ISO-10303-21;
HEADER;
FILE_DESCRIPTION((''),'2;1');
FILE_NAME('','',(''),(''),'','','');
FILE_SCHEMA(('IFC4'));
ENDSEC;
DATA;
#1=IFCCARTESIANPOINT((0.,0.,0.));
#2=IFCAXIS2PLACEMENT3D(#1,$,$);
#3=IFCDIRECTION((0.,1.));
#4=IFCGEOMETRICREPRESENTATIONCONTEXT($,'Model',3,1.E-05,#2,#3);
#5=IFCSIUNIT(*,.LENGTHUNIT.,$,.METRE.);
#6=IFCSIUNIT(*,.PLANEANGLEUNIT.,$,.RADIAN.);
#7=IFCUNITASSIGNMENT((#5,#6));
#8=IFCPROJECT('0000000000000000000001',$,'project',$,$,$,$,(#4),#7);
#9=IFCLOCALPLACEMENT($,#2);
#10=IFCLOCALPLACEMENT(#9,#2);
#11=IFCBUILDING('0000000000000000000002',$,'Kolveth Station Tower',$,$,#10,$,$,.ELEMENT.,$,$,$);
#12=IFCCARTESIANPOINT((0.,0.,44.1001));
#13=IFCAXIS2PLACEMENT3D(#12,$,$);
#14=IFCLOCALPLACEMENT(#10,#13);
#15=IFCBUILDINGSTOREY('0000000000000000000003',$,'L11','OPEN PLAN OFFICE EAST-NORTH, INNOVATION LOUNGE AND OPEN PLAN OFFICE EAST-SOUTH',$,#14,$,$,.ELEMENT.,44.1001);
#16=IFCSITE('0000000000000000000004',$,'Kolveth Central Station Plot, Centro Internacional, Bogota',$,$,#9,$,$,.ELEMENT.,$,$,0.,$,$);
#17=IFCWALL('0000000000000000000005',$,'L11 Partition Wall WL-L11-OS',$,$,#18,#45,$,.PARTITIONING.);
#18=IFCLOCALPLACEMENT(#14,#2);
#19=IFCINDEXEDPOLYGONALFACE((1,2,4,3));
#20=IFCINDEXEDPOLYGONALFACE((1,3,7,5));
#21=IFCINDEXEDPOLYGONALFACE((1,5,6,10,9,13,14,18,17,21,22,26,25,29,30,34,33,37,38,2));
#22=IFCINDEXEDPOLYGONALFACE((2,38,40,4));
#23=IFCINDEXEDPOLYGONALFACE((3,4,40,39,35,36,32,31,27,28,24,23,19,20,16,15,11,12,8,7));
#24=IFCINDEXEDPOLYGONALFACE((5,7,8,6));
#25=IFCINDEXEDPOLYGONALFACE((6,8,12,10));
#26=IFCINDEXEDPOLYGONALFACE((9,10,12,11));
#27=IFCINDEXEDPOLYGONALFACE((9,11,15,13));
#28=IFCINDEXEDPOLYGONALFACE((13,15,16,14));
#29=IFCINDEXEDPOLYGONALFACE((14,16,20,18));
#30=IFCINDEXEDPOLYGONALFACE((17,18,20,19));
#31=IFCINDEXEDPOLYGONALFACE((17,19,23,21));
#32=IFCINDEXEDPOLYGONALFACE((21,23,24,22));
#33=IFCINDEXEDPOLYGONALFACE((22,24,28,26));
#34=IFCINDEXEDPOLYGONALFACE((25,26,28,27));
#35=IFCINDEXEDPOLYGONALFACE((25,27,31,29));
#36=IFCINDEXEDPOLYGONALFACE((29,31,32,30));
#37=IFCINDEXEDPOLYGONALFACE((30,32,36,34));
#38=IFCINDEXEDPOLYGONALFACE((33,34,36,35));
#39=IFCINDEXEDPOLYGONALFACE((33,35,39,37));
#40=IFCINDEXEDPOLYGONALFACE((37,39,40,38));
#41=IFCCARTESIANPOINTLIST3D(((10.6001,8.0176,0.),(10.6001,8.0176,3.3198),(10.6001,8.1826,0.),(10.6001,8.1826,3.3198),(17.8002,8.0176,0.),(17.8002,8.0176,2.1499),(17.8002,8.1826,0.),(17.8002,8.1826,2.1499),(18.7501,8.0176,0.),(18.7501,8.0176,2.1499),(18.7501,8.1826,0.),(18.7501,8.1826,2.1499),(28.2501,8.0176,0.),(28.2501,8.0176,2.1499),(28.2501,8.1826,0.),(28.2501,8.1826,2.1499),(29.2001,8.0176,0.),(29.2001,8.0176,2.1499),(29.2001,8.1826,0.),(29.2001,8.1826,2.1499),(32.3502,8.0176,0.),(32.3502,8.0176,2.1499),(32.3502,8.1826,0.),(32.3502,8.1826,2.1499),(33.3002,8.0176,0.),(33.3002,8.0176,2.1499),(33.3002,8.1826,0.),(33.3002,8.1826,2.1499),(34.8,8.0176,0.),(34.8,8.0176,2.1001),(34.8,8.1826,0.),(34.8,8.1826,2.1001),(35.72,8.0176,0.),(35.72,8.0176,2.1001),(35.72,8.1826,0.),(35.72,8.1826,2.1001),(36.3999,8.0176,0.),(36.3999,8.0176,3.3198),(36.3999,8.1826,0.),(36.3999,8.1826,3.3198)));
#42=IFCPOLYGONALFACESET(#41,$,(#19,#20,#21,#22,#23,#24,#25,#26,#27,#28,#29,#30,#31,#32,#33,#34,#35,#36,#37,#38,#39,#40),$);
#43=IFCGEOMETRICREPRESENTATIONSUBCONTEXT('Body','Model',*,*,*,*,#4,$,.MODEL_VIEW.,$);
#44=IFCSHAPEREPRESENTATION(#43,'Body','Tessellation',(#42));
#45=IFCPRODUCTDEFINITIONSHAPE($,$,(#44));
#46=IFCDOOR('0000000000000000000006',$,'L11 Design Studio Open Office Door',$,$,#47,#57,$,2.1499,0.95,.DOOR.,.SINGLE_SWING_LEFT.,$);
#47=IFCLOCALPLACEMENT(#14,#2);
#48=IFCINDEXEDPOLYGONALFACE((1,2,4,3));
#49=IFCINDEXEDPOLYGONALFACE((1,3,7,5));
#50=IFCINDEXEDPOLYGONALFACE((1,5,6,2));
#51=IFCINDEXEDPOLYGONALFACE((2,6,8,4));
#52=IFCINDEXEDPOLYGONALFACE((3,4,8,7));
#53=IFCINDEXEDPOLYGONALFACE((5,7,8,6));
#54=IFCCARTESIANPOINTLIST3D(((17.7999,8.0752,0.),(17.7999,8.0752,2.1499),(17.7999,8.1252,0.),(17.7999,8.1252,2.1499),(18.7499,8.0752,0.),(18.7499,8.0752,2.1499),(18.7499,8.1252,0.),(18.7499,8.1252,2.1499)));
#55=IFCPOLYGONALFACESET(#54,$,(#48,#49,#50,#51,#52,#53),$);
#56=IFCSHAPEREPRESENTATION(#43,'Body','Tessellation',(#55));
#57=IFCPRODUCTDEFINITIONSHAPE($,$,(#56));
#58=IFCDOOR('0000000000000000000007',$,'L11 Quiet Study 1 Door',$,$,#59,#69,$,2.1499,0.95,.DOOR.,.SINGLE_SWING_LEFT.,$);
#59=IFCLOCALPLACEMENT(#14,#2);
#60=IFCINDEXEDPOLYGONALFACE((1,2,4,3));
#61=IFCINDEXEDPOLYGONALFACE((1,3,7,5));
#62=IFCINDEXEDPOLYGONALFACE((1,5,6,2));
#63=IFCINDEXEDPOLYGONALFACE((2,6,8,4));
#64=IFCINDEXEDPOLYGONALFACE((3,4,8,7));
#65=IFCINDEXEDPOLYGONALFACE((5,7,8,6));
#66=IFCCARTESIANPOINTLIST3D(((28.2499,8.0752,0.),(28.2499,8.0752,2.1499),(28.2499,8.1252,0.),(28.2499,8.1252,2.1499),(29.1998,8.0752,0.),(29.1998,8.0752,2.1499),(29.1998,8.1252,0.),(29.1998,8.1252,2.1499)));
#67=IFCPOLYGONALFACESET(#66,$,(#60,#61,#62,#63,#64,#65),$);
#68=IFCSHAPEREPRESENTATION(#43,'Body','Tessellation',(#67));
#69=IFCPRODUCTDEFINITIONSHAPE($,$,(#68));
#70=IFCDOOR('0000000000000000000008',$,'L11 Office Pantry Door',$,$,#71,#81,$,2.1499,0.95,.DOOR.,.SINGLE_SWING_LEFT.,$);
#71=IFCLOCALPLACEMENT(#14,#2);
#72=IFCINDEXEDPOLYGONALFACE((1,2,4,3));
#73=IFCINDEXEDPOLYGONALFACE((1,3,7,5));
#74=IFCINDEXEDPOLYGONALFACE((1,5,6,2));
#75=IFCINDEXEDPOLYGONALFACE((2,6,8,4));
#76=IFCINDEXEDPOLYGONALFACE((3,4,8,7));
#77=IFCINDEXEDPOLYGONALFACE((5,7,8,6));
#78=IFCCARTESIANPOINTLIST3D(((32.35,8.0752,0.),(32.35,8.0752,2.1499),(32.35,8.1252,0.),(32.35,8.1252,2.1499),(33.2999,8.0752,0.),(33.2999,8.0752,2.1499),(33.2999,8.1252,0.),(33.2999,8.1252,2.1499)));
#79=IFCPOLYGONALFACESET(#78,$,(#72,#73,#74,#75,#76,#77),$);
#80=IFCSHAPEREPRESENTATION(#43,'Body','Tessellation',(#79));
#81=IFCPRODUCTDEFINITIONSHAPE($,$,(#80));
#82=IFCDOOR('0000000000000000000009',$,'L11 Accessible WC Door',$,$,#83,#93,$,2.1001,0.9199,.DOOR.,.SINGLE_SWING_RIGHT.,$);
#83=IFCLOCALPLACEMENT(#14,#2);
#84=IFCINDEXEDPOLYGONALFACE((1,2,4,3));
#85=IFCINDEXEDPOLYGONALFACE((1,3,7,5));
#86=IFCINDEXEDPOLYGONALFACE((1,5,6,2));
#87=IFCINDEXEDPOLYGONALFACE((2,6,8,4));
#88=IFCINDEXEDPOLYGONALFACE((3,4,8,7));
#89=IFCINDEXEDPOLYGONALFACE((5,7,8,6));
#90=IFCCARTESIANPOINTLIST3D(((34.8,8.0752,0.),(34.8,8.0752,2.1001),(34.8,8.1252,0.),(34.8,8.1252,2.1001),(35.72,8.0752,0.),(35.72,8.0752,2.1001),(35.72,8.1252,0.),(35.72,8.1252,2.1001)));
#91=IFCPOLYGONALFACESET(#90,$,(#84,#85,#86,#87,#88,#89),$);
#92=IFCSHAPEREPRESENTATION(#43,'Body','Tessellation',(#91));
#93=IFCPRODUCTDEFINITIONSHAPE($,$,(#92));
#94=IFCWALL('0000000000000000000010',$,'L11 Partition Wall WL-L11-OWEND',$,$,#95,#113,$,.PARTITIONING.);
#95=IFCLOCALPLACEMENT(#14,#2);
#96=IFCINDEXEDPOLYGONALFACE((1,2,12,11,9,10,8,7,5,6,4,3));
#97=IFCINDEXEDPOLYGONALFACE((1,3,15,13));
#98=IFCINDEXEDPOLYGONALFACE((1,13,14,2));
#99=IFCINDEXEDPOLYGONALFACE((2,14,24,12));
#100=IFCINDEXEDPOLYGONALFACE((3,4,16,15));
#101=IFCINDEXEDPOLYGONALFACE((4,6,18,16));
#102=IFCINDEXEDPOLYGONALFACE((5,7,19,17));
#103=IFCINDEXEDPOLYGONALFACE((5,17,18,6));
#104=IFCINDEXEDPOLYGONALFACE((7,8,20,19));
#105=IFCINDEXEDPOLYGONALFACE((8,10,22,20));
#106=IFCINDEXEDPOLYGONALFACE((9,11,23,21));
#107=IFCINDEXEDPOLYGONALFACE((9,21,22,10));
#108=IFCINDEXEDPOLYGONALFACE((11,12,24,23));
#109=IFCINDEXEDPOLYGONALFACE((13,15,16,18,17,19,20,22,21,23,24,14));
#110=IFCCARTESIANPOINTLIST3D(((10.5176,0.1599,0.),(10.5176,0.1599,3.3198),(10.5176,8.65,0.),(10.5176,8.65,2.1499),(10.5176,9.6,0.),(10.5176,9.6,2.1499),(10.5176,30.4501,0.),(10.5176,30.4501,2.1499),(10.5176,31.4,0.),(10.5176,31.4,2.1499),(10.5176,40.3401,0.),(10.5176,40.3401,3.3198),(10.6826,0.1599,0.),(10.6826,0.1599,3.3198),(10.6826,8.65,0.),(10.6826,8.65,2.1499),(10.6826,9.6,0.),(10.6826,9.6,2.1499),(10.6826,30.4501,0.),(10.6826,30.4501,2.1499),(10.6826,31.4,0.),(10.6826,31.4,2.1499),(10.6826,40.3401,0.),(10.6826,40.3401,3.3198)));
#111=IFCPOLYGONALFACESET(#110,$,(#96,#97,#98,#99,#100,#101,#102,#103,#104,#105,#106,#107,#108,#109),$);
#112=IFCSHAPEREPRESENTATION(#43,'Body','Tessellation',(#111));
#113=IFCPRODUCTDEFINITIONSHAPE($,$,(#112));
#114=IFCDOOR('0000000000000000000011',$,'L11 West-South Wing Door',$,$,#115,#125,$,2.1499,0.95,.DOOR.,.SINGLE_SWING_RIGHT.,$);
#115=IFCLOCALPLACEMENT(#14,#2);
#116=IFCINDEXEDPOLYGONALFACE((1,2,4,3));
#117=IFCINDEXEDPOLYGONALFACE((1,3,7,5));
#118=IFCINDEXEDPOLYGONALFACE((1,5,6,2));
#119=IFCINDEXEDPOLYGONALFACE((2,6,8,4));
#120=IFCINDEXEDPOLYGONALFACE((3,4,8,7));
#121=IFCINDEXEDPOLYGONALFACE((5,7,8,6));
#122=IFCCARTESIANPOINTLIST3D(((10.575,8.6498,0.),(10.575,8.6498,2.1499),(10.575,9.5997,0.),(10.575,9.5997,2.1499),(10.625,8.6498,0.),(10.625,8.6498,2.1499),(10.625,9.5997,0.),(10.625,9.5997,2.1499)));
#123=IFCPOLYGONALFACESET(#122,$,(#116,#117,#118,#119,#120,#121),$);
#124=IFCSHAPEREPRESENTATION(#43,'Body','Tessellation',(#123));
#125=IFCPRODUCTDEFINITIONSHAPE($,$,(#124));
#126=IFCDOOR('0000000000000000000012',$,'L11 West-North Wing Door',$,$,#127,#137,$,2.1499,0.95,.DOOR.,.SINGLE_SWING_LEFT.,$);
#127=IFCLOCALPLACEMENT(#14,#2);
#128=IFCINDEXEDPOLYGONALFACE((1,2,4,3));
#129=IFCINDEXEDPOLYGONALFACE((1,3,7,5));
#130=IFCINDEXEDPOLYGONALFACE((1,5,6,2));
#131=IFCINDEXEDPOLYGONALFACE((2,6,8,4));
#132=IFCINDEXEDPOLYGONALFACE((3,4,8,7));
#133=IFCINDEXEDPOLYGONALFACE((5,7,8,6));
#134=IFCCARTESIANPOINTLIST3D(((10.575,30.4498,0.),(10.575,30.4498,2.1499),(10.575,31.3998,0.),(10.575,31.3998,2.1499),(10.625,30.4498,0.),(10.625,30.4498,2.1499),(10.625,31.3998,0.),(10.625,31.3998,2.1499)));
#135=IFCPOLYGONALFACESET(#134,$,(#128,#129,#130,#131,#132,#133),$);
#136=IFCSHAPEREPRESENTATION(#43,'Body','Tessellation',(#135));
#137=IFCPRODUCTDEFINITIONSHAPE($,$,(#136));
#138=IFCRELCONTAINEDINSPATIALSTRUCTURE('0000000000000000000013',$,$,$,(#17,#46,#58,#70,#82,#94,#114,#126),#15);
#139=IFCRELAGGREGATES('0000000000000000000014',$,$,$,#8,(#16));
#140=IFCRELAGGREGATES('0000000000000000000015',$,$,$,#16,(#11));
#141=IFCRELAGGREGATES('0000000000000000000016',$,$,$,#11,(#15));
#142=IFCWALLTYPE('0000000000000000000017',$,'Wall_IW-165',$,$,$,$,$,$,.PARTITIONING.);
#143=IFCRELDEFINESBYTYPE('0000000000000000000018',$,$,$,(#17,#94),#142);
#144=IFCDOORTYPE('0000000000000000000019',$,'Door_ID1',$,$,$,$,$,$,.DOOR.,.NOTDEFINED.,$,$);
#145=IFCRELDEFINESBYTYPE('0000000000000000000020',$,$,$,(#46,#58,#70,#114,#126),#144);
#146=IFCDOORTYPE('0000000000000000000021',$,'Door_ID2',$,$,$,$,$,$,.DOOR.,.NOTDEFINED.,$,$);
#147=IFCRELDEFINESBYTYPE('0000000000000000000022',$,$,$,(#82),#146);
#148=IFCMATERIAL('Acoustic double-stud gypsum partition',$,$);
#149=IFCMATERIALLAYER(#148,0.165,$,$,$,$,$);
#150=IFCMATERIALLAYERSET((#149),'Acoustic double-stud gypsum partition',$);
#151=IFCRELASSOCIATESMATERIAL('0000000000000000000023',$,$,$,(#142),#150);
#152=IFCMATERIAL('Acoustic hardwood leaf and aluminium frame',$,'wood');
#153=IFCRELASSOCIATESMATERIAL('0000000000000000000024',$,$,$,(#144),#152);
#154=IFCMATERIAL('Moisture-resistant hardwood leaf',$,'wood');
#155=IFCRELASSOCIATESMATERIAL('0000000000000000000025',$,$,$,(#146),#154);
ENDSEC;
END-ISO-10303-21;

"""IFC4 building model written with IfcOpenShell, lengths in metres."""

from ifc_helpers import new_model, si_unit, direction, frame, frame_2d, origin, place, context, subcontext, project, spatial, rectangle, extrude, material, layer, layer_set, type_object, element, fill, save


model = new_model("IFC4")

# Units and contexts
model_context = context("Model", 3, precision=1e-05, world=origin(), true_north=direction((0.0, 1.0)))
body_context = subcontext(model_context, "Body", "Model", "MODEL_VIEW")
ifc_project = project(units=[si_unit("LENGTHUNIT", "METRE"), si_unit("PLANEANGLEUNIT", "RADIAN")], contexts=[model_context])

# Site, building, storey
site_placement = place(None, origin())
site = spatial("IfcSite", under=ifc_project, at=site_placement, Name="Kolveth Central Station Plot, Centro Internacional, Bogota", CompositionType="ELEMENT", RefElevation=0.0)
building_placement = place(site_placement, origin())
building = spatial("IfcBuilding", under=site, at=building_placement, Name="Kolveth Station Tower", CompositionType="ELEMENT")
storey_placement = place(building_placement, frame((0.0, 0.0, 44.1001)))
storey = spatial("IfcBuildingStorey", under=building, at=storey_placement, Name="L11", Description="OPEN PLAN OFFICE EAST-NORTH, INNOVATION LOUNGE AND OPEN PLAN OFFICE EAST-SOUTH", CompositionType="ELEMENT", Elevation=44.1001)

# Walls, openings, doors
ifc_material_1 = material(Name="Acoustic double-stud gypsum partition")
ifc_layer_1 = layer(ifc_material_1, 0.165)
ifc_layer_set_1 = layer_set([ifc_layer_1], Name="Acoustic double-stud gypsum partition")
wall_type = type_object("IfcWallType", Name="Wall_IW-165", PredefinedType="PARTITIONING", material=ifc_layer_set_1)
wall_1_placement = place(storey_placement, frame((10.6001, 8.1001, 0.0), z_axis=(0.0, 0.0, 1.0), x_axis=(1.0, 0.0, 0.0)))
wall_1 = element("IfcWall", 1, at=wall_1_placement, inside=storey, type_object=wall_type, Name="L11 Partition Wall WL-L11-OS", PredefinedType="PARTITIONING", context=body_context, shape_type="SweptSolid", body=[
    extrude(rectangle(XDim=25.7998, YDim=0.165, at=frame_2d((12.8999, 0.0))), origin(), (0.0, 0.0, 1.0), 3.3198),
])
opening_1_placement = place(wall_1_placement, frame((7.2, 0.0, 0.0)))
opening_1 = element("IfcOpeningElement", 2, at=opening_1_placement, cuts=wall_1, PredefinedType="OPENING", context=body_context, shape_type="SweptSolid", body=[
    extrude(rectangle(XDim=0.95, YDim=2.1499, at=frame_2d((0.4751, 1.075))), frame((0.0, 0.0925, 0.0), z_axis=(0.0, -1.0, 0.0), x_axis=(1.0, 0.0, 0.0)), (0.0, 0.0, 1.0), 0.1851),
])
opening_2_placement = place(wall_1_placement, frame((17.6499, 0.0, 0.0)))
opening_2 = element("IfcOpeningElement", 3, at=opening_2_placement, cuts=wall_1, PredefinedType="OPENING", context=body_context, shape_type="SweptSolid", body=[
    extrude(rectangle(XDim=0.95, YDim=2.1499, at=frame_2d((0.4751, 1.075))), frame((0.0, 0.0925, 0.0), z_axis=(0.0, -1.0, 0.0), x_axis=(1.0, 0.0, 0.0)), (0.0, 0.0, 1.0), 0.1851),
])
opening_3_placement = place(wall_1_placement, frame((21.75, 0.0, 0.0)))
opening_3 = element("IfcOpeningElement", 4, at=opening_3_placement, cuts=wall_1, PredefinedType="OPENING", context=body_context, shape_type="SweptSolid", body=[
    extrude(rectangle(XDim=0.95, YDim=2.1499, at=frame_2d((0.4751, 1.075))), frame((0.0, 0.0925, 0.0), z_axis=(0.0, -1.0, 0.0), x_axis=(1.0, 0.0, 0.0)), (0.0, 0.0, 1.0), 0.1851),
])
opening_4_placement = place(wall_1_placement, frame((24.2, 0.0, 0.0)))
opening_4 = element("IfcOpeningElement", 5, at=opening_4_placement, cuts=wall_1, PredefinedType="OPENING", context=body_context, shape_type="SweptSolid", body=[
    extrude(rectangle(XDim=0.9199, YDim=2.1001, at=frame_2d((0.46, 1.05))), frame((0.0, 0.0925, 0.0), z_axis=(0.0, -1.0, 0.0), x_axis=(1.0, 0.0, 0.0)), (0.0, 0.0, 1.0), 0.1851),
])
ifc_material_2 = material(Name="Acoustic hardwood leaf and aluminium frame", Category="wood")
door_type_1 = type_object("IfcDoorType", Name="Door_ID1", OperationType="NOTDEFINED", PredefinedType="DOOR", material=ifc_material_2)
door_1_placement = place(opening_1_placement, frame((0.95, 0.0, 0.0), z_axis=(0.0, 0.0, 1.0), x_axis=(-1.0, 0.0, 0.0)))
door_1 = element("IfcDoor", 6, at=door_1_placement, inside=storey, type_object=door_type_1, Name="L11 Design Studio Open Office Door", OperationType="SINGLE_SWING_LEFT", OverallHeight=2.1499, OverallWidth=0.95, PredefinedType="DOOR", context=body_context, shape_type="SweptSolid", body=[
    extrude(rectangle(XDim=0.95, YDim=2.1499, at=frame_2d((0.4751, 1.075))), frame((0.0, 0.0249, 0.0), z_axis=(0.0, -1.0, 0.0), x_axis=(1.0, 0.0, 0.0)), (0.0, 0.0, 1.0), 0.05),
])
fill(opening_1, door_1)
door_2_placement = place(opening_2_placement, frame((0.95, 0.0, 0.0), z_axis=(0.0, 0.0, 1.0), x_axis=(-1.0, 0.0, 0.0)))
door_2 = element("IfcDoor", 7, at=door_2_placement, inside=storey, type_object=door_type_1, Name="L11 Quiet Study 1 Door", OperationType="SINGLE_SWING_LEFT", OverallHeight=2.1499, OverallWidth=0.95, PredefinedType="DOOR", context=body_context, shape_type="SweptSolid", body=[
    extrude(rectangle(XDim=0.95, YDim=2.1499, at=frame_2d((0.4751, 1.075))), frame((0.0, 0.0249, 0.0), z_axis=(0.0, -1.0, 0.0), x_axis=(1.0, 0.0, 0.0)), (0.0, 0.0, 1.0), 0.05),
])
fill(opening_2, door_2)
door_3_placement = place(opening_3_placement, frame((0.95, 0.0, 0.0), z_axis=(0.0, 0.0, 1.0), x_axis=(-1.0, 0.0, 0.0)))
door_3 = element("IfcDoor", 8, at=door_3_placement, inside=storey, type_object=door_type_1, Name="L11 Office Pantry Door", OperationType="SINGLE_SWING_LEFT", OverallHeight=2.1499, OverallWidth=0.95, PredefinedType="DOOR", context=body_context, shape_type="SweptSolid", body=[
    extrude(rectangle(XDim=0.95, YDim=2.1499, at=frame_2d((0.4751, 1.075))), frame((0.0, 0.0249, 0.0), z_axis=(0.0, -1.0, 0.0), x_axis=(1.0, 0.0, 0.0)), (0.0, 0.0, 1.0), 0.05),
])
fill(opening_3, door_3)
ifc_material_3 = material(Name="Moisture-resistant hardwood leaf", Category="wood")
door_type_2 = type_object("IfcDoorType", Name="Door_ID2", OperationType="NOTDEFINED", PredefinedType="DOOR", material=ifc_material_3)
door_4_placement = place(opening_4_placement, frame((0.9199, 0.0, 0.0), z_axis=(0.0, 0.0, 1.0), x_axis=(-1.0, 0.0, 0.0)))
door_4 = element("IfcDoor", 9, at=door_4_placement, inside=storey, type_object=door_type_2, Name="L11 Accessible WC Door", OperationType="SINGLE_SWING_RIGHT", OverallHeight=2.1001, OverallWidth=0.9199, PredefinedType="DOOR", context=body_context, shape_type="SweptSolid", body=[
    extrude(rectangle(XDim=0.9199, YDim=2.1001, at=frame_2d((0.46, 1.05))), frame((0.0, 0.0249, 0.0), z_axis=(0.0, -1.0, 0.0), x_axis=(1.0, 0.0, 0.0)), (0.0, 0.0, 1.0), 0.05),
])
fill(opening_4, door_4)
wall_2_placement = place(storey_placement, frame((10.6001, 0.1599, 0.0), z_axis=(0.0, 0.0, 1.0), x_axis=(0.0, 1.0, 0.0)))
wall_2 = element("IfcWall", 10, at=wall_2_placement, inside=storey, type_object=wall_type, Name="L11 Partition Wall WL-L11-OWEND", PredefinedType="PARTITIONING", context=body_context, shape_type="SweptSolid", body=[
    extrude(rectangle(XDim=40.1802, YDim=0.165, at=frame_2d((20.0901, 0.0))), origin(), (0.0, 0.0, 1.0), 3.3198),
])
opening_5_placement = place(wall_2_placement, frame((8.49, 0.0, 0.0)))
opening_5 = element("IfcOpeningElement", 11, at=opening_5_placement, cuts=wall_2, PredefinedType="OPENING", context=body_context, shape_type="SweptSolid", body=[
    extrude(rectangle(XDim=0.95, YDim=2.1499, at=frame_2d((0.4751, 1.075))), frame((0.0, 0.0925, 0.0), z_axis=(0.0, -1.0, 0.0), x_axis=(1.0, 0.0, 0.0)), (0.0, 0.0, 1.0), 0.1851),
])
opening_6_placement = place(wall_2_placement, frame((30.29, 0.0, 0.0)))
opening_6 = element("IfcOpeningElement", 12, at=opening_6_placement, cuts=wall_2, PredefinedType="OPENING", context=body_context, shape_type="SweptSolid", body=[
    extrude(rectangle(XDim=0.95, YDim=2.1499, at=frame_2d((0.4751, 1.075))), frame((0.0, 0.0925, 0.0), z_axis=(0.0, -1.0, 0.0), x_axis=(1.0, 0.0, 0.0)), (0.0, 0.0, 1.0), 0.1851),
])
door_5_placement = place(opening_5_placement, frame((0.95, 0.0, 0.0), z_axis=(0.0, 0.0, 1.0), x_axis=(-1.0, 0.0, 0.0)))
door_5 = element("IfcDoor", 13, at=door_5_placement, inside=storey, type_object=door_type_1, Name="L11 West-South Wing Door", OperationType="SINGLE_SWING_RIGHT", OverallHeight=2.1499, OverallWidth=0.95, PredefinedType="DOOR", context=body_context, shape_type="SweptSolid", body=[
    extrude(rectangle(XDim=0.95, YDim=2.1499, at=frame_2d((0.4751, 1.075))), frame((0.0, 0.0249, 0.0), z_axis=(0.0, -1.0, 0.0), x_axis=(1.0, 0.0, 0.0)), (0.0, 0.0, 1.0), 0.05),
])
fill(opening_5, door_5)
door_6_placement = place(opening_6_placement, frame((0.95, 0.0, 0.0), z_axis=(0.0, 0.0, 1.0), x_axis=(-1.0, 0.0, 0.0)))
door_6 = element("IfcDoor", 14, at=door_6_placement, inside=storey, type_object=door_type_1, Name="L11 West-North Wing Door", OperationType="SINGLE_SWING_LEFT", OverallHeight=2.1499, OverallWidth=0.95, PredefinedType="DOOR", context=body_context, shape_type="SweptSolid", body=[
    extrude(rectangle(XDim=0.95, YDim=2.1499, at=frame_2d((0.4751, 1.075))), frame((0.0, 0.0249, 0.0), z_axis=(0.0, -1.0, 0.0), x_axis=(1.0, 0.0, 0.0)), (0.0, 0.0, 1.0), 0.05),
])
fill(opening_6, door_6)

save(model, "model.ifc")
